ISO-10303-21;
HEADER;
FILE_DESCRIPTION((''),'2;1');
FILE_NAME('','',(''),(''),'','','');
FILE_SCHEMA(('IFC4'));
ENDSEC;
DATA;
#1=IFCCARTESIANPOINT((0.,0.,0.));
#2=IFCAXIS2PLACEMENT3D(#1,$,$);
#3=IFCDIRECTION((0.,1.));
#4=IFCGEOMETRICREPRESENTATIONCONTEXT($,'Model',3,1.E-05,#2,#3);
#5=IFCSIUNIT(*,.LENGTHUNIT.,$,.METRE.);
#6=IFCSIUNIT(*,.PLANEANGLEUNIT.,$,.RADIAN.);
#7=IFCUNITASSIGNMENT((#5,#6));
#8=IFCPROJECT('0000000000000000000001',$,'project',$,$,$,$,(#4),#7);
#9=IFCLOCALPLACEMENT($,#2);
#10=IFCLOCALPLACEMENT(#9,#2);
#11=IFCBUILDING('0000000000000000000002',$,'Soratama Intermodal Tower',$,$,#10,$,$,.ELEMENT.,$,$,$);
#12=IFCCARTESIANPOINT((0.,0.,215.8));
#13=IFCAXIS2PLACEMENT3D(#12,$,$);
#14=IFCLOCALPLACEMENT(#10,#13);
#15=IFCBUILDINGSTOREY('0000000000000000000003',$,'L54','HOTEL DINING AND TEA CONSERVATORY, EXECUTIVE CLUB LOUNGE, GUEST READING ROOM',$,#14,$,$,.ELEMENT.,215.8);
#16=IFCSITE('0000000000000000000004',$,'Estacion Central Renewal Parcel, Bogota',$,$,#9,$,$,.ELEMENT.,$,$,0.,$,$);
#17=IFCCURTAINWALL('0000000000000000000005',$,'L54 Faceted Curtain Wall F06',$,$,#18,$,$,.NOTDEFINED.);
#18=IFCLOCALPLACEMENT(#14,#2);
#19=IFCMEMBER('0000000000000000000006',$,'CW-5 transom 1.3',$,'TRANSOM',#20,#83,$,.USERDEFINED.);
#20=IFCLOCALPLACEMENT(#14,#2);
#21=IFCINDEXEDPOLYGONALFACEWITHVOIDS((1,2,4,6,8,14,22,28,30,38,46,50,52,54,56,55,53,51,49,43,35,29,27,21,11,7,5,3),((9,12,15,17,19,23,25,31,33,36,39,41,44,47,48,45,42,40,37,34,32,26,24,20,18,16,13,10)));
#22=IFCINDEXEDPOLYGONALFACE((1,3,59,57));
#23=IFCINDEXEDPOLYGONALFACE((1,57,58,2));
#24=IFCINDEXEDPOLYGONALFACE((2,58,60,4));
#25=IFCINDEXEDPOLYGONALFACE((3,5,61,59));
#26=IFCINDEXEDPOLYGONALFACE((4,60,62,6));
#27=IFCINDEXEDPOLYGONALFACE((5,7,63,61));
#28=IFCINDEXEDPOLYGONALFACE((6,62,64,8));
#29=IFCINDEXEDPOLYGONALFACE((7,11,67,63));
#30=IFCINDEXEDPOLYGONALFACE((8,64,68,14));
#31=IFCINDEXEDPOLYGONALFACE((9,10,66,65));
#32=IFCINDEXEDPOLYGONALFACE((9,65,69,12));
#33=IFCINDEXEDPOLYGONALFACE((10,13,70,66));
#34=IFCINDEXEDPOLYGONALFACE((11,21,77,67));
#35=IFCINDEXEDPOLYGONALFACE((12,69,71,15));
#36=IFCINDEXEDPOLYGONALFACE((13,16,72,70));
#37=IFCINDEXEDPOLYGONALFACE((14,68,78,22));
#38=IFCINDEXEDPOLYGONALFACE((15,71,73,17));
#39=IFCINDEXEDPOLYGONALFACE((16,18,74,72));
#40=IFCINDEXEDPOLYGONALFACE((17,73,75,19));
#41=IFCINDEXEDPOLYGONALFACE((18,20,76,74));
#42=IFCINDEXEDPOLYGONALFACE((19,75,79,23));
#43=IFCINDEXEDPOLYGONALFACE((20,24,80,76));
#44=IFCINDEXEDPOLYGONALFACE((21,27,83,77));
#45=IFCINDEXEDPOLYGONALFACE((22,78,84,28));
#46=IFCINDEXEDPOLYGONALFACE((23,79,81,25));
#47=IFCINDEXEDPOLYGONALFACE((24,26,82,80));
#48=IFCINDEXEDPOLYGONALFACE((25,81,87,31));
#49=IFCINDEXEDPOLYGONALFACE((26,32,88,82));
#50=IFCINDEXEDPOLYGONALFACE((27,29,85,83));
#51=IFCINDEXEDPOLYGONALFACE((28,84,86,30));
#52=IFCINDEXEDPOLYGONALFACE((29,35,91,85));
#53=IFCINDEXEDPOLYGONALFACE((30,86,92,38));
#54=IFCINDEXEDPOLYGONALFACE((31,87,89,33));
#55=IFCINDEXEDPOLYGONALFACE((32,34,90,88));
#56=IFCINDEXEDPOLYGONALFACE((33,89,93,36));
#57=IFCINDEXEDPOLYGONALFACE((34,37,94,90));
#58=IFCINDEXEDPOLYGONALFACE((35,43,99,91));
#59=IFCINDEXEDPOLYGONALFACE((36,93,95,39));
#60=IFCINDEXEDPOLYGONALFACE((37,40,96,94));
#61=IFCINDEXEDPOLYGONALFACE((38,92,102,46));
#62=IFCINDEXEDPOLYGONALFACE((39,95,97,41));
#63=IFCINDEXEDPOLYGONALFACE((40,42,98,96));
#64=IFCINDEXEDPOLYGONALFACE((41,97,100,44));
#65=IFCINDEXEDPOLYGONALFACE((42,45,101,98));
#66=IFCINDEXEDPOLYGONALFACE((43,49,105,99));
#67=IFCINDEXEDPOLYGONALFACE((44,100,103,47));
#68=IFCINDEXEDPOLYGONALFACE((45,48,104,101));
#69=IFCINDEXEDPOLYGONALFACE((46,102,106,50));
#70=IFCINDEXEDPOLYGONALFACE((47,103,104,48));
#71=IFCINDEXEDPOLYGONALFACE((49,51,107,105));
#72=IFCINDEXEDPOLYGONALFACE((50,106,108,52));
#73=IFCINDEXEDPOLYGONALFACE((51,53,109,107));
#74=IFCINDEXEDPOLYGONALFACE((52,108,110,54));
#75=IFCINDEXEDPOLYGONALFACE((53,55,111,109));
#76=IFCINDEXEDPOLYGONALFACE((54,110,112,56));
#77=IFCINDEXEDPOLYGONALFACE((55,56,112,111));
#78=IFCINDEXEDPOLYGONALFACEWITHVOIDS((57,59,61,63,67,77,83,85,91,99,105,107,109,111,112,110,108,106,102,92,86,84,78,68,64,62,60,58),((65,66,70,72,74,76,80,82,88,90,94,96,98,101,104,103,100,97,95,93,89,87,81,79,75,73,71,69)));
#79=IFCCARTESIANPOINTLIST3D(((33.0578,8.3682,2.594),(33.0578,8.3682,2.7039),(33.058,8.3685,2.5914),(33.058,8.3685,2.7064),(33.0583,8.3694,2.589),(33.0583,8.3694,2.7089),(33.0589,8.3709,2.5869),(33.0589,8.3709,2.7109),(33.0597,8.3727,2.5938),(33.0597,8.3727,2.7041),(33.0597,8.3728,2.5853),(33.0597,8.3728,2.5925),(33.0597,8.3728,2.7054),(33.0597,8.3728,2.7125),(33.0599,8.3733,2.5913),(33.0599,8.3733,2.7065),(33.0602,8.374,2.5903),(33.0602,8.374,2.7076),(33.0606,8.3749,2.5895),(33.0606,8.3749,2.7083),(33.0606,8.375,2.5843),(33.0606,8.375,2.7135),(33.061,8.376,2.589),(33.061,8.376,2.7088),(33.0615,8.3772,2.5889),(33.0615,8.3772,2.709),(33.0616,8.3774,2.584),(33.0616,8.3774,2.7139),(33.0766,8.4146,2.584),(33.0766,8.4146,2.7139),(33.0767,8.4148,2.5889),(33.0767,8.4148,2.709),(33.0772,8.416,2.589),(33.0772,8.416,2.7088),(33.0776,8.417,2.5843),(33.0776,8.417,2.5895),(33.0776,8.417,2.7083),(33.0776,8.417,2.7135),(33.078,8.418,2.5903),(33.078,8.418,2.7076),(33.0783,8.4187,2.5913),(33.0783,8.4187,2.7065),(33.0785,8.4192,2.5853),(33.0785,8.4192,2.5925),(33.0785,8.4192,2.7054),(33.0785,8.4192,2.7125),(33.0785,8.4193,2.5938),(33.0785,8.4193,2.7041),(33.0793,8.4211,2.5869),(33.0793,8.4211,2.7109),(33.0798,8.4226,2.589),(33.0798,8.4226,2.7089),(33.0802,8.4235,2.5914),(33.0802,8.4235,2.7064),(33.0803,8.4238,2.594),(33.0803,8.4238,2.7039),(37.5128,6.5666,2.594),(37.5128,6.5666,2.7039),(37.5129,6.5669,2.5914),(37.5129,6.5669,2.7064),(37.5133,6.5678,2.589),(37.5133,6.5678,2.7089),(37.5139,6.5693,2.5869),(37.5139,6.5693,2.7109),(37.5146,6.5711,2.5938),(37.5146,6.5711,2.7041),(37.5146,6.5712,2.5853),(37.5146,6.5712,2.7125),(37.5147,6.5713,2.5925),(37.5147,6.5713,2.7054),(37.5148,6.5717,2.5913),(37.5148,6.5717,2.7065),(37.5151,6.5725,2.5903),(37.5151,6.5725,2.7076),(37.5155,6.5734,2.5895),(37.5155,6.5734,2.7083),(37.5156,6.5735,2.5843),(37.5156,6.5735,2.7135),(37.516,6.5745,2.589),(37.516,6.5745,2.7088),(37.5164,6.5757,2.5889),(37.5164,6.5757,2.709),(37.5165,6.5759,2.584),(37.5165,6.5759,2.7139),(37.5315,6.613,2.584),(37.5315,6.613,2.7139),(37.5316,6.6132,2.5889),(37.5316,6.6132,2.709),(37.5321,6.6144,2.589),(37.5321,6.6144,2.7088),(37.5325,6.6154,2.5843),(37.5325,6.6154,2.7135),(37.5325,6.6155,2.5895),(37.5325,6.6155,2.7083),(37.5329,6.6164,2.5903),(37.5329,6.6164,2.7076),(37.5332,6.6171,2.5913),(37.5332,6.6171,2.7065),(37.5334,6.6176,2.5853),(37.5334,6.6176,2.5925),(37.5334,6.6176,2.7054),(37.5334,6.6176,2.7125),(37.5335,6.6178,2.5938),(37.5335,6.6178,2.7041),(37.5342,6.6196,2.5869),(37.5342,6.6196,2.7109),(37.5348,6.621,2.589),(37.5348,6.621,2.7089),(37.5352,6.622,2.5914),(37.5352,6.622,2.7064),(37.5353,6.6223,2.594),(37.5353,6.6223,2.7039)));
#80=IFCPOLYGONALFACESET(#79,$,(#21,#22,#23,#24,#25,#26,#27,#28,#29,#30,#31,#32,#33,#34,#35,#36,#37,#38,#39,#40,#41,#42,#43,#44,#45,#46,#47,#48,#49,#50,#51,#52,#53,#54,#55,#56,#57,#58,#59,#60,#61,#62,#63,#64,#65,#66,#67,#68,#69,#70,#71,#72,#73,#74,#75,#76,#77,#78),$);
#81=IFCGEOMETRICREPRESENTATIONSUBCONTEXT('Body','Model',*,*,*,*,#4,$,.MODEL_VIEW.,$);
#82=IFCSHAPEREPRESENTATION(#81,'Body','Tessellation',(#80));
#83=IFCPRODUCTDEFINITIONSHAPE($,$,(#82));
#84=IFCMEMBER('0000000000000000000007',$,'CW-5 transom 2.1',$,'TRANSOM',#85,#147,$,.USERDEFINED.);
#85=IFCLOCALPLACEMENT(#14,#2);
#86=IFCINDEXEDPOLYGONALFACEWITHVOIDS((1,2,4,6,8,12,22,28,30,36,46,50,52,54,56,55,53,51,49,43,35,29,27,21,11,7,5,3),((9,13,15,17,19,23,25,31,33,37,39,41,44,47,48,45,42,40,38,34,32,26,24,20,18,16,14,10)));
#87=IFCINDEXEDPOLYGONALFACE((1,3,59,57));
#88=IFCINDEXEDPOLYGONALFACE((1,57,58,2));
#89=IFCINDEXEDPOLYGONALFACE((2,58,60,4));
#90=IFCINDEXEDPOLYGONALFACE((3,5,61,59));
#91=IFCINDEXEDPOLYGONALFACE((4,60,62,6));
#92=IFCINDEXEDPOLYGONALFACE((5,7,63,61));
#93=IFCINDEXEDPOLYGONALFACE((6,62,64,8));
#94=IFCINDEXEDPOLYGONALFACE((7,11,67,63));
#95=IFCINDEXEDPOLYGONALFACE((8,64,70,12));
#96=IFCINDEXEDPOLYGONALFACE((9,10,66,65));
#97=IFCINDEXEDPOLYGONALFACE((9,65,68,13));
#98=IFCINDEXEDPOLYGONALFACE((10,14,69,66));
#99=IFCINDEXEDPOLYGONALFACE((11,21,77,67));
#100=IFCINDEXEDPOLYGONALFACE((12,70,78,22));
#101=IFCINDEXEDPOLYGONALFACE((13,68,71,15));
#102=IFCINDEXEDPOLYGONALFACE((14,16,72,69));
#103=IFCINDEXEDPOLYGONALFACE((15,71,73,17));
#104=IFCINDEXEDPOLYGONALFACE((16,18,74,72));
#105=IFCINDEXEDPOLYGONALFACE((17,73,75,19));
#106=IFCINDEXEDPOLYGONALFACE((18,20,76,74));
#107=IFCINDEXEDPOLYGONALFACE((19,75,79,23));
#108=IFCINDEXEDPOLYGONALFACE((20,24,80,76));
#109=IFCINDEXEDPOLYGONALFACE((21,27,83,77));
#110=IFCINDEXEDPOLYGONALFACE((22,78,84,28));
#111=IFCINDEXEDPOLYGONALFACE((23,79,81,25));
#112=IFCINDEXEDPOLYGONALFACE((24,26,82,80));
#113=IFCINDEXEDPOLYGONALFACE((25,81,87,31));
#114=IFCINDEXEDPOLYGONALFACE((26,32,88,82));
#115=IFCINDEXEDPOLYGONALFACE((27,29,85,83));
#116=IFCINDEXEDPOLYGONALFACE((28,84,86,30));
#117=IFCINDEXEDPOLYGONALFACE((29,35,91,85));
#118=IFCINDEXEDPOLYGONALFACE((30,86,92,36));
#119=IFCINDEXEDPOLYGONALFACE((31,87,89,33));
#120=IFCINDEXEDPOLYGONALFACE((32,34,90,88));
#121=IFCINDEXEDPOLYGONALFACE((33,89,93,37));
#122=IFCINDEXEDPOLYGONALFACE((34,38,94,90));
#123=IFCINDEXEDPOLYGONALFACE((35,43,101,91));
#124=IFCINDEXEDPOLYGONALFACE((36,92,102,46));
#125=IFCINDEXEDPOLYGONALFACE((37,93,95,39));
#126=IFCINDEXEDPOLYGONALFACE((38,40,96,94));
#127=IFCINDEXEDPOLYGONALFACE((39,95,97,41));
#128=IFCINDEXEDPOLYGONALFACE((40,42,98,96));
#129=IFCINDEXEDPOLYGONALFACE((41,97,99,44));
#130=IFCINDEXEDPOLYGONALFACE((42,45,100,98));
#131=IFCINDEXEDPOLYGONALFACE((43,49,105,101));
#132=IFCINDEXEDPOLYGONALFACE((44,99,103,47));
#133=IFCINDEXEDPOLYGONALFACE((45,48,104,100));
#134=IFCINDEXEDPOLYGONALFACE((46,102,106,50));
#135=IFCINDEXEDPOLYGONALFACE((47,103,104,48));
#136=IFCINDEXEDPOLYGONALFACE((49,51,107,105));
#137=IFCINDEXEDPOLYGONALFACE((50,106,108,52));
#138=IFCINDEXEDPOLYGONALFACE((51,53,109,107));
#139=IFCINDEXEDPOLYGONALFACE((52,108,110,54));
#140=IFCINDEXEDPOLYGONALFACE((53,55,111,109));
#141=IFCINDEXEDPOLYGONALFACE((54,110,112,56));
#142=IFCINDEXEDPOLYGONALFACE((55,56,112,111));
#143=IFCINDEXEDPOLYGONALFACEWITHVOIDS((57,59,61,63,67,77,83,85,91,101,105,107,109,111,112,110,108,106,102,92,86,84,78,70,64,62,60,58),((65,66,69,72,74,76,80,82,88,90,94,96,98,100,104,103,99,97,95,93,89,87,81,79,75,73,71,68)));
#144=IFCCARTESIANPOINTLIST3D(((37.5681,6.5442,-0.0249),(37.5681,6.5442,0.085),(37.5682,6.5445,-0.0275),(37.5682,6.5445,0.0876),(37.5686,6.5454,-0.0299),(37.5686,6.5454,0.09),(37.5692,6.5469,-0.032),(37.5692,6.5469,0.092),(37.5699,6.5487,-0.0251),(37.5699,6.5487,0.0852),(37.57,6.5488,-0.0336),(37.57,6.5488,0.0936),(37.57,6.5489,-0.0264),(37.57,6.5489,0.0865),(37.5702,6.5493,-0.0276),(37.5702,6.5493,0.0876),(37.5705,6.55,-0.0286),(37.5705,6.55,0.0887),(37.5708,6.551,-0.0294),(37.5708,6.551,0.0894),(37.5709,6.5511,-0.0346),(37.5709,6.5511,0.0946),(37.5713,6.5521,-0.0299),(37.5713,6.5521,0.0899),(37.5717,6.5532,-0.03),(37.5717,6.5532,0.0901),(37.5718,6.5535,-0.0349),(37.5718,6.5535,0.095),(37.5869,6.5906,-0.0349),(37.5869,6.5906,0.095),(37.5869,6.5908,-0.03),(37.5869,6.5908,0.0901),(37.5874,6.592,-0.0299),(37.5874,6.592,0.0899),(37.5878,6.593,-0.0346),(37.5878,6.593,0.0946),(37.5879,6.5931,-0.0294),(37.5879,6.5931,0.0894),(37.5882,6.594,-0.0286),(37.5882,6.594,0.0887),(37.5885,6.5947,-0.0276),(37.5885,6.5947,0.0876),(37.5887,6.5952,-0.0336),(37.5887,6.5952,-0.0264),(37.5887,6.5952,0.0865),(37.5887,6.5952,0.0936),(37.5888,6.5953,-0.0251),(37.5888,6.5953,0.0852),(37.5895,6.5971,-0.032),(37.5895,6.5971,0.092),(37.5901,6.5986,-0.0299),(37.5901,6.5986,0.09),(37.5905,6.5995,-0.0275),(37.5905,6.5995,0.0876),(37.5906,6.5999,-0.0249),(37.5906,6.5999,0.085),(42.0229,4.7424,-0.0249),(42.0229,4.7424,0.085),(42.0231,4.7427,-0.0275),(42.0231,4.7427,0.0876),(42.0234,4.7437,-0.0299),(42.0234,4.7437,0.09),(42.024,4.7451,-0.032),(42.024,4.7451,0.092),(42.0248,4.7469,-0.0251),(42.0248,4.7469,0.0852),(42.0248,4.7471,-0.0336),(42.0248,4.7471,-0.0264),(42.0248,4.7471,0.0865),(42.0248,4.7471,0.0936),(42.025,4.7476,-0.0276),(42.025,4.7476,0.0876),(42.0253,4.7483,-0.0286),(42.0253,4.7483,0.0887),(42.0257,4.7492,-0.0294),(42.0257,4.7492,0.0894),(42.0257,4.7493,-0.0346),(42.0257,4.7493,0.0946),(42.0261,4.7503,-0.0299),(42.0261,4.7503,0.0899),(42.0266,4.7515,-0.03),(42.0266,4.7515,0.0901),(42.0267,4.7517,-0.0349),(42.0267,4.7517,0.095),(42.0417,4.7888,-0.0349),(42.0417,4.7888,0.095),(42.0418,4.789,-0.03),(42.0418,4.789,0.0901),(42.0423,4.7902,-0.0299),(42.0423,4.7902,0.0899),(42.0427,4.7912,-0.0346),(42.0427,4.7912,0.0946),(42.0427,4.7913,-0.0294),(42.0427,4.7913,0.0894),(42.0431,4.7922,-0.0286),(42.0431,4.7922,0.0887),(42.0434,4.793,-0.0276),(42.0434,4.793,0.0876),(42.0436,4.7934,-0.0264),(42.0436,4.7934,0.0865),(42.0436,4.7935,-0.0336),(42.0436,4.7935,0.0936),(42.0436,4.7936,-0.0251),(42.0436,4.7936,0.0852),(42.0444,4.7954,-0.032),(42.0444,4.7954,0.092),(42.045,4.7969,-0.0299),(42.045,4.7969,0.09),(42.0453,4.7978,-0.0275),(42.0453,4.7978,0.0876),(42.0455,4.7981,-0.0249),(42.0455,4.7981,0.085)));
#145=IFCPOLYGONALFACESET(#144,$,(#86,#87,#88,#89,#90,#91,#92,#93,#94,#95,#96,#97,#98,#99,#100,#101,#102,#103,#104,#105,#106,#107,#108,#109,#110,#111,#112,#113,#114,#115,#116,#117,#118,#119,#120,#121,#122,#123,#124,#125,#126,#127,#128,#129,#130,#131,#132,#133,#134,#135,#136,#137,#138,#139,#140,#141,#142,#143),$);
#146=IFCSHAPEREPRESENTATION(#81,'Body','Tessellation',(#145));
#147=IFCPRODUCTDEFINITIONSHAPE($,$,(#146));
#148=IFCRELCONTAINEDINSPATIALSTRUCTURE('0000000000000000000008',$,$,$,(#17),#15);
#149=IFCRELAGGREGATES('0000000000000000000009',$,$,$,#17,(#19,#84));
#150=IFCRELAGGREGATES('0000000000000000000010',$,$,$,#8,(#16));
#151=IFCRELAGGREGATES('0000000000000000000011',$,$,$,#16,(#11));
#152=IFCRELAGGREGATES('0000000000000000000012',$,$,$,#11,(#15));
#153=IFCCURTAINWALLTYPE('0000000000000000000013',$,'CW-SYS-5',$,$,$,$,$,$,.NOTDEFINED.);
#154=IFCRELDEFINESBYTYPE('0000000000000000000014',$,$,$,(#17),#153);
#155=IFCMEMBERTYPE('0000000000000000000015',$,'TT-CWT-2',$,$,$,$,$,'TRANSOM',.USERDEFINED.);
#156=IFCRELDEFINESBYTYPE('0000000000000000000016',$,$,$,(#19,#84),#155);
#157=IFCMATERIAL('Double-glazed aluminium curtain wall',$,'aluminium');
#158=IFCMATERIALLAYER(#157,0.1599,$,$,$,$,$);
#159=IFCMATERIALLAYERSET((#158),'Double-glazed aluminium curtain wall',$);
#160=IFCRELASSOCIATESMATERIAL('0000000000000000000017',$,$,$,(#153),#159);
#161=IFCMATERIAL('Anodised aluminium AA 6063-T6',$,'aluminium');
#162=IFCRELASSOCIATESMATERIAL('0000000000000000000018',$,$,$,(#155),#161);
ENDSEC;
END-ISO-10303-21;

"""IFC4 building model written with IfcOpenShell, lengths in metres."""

from ifc_helpers import new_model, si_unit, direction, frame, origin, origin_2d, place, context, subcontext, project, spatial, hollow_rectangle, extrude, material, layer, layer_set, material_profile, profile_set, type_object, element, aggregate, save


model = new_model("IFC4")

# Units and contexts
model_context = context("Model", 3, precision=1e-05, world=origin(), true_north=direction((0.0, 1.0)))
body_context = subcontext(model_context, "Body", "Model", "MODEL_VIEW")
ifc_project = project(units=[si_unit("LENGTHUNIT", "METRE"), si_unit("PLANEANGLEUNIT", "RADIAN")], contexts=[model_context])

# Site, building, storey
site_placement = place(None, origin())
site = spatial("IfcSite", under=ifc_project, at=site_placement, Name="Estacion Central Renewal Parcel, Bogota", CompositionType="ELEMENT", RefElevation=0.0)
building_placement = place(site_placement, origin())
building = spatial("IfcBuilding", under=site, at=building_placement, Name="Soratama Intermodal Tower", CompositionType="ELEMENT")
storey_placement = place(building_placement, frame((0.0, 0.0, 215.8)))
storey = spatial("IfcBuildingStorey", under=building, at=storey_placement, Name="L54", Description="HOTEL DINING AND TEA CONSERVATORY, EXECUTIVE CLUB LOUNGE, GUEST READING ROOM", CompositionType="ELEMENT", Elevation=215.8)

# Curtain wall, members
ifc_material_1 = material(Name="Double-glazed aluminium curtain wall", Category="aluminium")
ifc_layer_1 = layer(ifc_material_1, 0.1599)
ifc_layer_set_1 = layer_set([ifc_layer_1], Name="Double-glazed aluminium curtain wall")
curtain_wall_type = type_object("IfcCurtainWallType", Name="CW-SYS-5", PredefinedType="NOTDEFINED", material=ifc_layer_set_1)
curtain_wall_placement = place(storey_placement, origin())
curtain_wall = element("IfcCurtainWall", 1, at=curtain_wall_placement, inside=storey, type_object=curtain_wall_type, Name="L54 Faceted Curtain Wall F06", PredefinedType="NOTDEFINED")
ifc_material_2 = material(Name="Anodised aluminium AA 6063-T6", Category="aluminium")
ifc_material_profile_1 = material_profile(ifc_material_2, hollow_rectangle(XDim=0.0601, YDim=0.1299, WallThickness=0.0049, InnerFilletRadius=0.0049, OuterFilletRadius=0.01, at=origin_2d()), Name="CWT130X60X5")
ifc_profile_set_1 = profile_set([ifc_material_profile_1], Name="Anodised aluminium AA 6063-T6")
member_type_1 = type_object("IfcMemberType", Name="TT-CWT-2", ElementType="TRANSOM", PredefinedType="USERDEFINED", material=ifc_profile_set_1)
member_1_placement = place(storey_placement, frame((33.0691, 8.396, 2.6489), z_axis=(0.927065, -0.374901, 0.0), x_axis=(0.374901, 0.927065, 0.0)))
member_1 = element("IfcMember", 2, at=member_1_placement, type_object=member_type_1, Name="CW-5 transom 1.3", ObjectType="TRANSOM", PredefinedType="USERDEFINED", context=body_context, shape_type="SweptSolid", body=[
    extrude(hollow_rectangle(XDim=0.0601, YDim=0.1299, WallThickness=0.0049, InnerFilletRadius=0.0049, OuterFilletRadius=0.01, at=origin_2d()), origin(), (0.0, 0.0, 1.0), 4.8054),
])
member_2_placement = place(storey_placement, frame((37.5793, 6.572, 0.03), z_axis=(0.927047, -0.374944, 0.0), x_axis=(0.374944, 0.927047, 0.0)))
member_2 = element("IfcMember", 3, at=member_2_placement, type_object=member_type_1, Name="CW-5 transom 2.1", ObjectType="TRANSOM", PredefinedType="USERDEFINED", context=body_context, shape_type="SweptSolid", body=[
    extrude(hollow_rectangle(XDim=0.0601, YDim=0.1299, WallThickness=0.0049, InnerFilletRadius=0.0049, OuterFilletRadius=0.01, at=origin_2d()), origin(), (0.0, 0.0, 1.0), 4.8054),
])
aggregate(curtain_wall, [member_1, member_2])

save(model, "model.ifc")
